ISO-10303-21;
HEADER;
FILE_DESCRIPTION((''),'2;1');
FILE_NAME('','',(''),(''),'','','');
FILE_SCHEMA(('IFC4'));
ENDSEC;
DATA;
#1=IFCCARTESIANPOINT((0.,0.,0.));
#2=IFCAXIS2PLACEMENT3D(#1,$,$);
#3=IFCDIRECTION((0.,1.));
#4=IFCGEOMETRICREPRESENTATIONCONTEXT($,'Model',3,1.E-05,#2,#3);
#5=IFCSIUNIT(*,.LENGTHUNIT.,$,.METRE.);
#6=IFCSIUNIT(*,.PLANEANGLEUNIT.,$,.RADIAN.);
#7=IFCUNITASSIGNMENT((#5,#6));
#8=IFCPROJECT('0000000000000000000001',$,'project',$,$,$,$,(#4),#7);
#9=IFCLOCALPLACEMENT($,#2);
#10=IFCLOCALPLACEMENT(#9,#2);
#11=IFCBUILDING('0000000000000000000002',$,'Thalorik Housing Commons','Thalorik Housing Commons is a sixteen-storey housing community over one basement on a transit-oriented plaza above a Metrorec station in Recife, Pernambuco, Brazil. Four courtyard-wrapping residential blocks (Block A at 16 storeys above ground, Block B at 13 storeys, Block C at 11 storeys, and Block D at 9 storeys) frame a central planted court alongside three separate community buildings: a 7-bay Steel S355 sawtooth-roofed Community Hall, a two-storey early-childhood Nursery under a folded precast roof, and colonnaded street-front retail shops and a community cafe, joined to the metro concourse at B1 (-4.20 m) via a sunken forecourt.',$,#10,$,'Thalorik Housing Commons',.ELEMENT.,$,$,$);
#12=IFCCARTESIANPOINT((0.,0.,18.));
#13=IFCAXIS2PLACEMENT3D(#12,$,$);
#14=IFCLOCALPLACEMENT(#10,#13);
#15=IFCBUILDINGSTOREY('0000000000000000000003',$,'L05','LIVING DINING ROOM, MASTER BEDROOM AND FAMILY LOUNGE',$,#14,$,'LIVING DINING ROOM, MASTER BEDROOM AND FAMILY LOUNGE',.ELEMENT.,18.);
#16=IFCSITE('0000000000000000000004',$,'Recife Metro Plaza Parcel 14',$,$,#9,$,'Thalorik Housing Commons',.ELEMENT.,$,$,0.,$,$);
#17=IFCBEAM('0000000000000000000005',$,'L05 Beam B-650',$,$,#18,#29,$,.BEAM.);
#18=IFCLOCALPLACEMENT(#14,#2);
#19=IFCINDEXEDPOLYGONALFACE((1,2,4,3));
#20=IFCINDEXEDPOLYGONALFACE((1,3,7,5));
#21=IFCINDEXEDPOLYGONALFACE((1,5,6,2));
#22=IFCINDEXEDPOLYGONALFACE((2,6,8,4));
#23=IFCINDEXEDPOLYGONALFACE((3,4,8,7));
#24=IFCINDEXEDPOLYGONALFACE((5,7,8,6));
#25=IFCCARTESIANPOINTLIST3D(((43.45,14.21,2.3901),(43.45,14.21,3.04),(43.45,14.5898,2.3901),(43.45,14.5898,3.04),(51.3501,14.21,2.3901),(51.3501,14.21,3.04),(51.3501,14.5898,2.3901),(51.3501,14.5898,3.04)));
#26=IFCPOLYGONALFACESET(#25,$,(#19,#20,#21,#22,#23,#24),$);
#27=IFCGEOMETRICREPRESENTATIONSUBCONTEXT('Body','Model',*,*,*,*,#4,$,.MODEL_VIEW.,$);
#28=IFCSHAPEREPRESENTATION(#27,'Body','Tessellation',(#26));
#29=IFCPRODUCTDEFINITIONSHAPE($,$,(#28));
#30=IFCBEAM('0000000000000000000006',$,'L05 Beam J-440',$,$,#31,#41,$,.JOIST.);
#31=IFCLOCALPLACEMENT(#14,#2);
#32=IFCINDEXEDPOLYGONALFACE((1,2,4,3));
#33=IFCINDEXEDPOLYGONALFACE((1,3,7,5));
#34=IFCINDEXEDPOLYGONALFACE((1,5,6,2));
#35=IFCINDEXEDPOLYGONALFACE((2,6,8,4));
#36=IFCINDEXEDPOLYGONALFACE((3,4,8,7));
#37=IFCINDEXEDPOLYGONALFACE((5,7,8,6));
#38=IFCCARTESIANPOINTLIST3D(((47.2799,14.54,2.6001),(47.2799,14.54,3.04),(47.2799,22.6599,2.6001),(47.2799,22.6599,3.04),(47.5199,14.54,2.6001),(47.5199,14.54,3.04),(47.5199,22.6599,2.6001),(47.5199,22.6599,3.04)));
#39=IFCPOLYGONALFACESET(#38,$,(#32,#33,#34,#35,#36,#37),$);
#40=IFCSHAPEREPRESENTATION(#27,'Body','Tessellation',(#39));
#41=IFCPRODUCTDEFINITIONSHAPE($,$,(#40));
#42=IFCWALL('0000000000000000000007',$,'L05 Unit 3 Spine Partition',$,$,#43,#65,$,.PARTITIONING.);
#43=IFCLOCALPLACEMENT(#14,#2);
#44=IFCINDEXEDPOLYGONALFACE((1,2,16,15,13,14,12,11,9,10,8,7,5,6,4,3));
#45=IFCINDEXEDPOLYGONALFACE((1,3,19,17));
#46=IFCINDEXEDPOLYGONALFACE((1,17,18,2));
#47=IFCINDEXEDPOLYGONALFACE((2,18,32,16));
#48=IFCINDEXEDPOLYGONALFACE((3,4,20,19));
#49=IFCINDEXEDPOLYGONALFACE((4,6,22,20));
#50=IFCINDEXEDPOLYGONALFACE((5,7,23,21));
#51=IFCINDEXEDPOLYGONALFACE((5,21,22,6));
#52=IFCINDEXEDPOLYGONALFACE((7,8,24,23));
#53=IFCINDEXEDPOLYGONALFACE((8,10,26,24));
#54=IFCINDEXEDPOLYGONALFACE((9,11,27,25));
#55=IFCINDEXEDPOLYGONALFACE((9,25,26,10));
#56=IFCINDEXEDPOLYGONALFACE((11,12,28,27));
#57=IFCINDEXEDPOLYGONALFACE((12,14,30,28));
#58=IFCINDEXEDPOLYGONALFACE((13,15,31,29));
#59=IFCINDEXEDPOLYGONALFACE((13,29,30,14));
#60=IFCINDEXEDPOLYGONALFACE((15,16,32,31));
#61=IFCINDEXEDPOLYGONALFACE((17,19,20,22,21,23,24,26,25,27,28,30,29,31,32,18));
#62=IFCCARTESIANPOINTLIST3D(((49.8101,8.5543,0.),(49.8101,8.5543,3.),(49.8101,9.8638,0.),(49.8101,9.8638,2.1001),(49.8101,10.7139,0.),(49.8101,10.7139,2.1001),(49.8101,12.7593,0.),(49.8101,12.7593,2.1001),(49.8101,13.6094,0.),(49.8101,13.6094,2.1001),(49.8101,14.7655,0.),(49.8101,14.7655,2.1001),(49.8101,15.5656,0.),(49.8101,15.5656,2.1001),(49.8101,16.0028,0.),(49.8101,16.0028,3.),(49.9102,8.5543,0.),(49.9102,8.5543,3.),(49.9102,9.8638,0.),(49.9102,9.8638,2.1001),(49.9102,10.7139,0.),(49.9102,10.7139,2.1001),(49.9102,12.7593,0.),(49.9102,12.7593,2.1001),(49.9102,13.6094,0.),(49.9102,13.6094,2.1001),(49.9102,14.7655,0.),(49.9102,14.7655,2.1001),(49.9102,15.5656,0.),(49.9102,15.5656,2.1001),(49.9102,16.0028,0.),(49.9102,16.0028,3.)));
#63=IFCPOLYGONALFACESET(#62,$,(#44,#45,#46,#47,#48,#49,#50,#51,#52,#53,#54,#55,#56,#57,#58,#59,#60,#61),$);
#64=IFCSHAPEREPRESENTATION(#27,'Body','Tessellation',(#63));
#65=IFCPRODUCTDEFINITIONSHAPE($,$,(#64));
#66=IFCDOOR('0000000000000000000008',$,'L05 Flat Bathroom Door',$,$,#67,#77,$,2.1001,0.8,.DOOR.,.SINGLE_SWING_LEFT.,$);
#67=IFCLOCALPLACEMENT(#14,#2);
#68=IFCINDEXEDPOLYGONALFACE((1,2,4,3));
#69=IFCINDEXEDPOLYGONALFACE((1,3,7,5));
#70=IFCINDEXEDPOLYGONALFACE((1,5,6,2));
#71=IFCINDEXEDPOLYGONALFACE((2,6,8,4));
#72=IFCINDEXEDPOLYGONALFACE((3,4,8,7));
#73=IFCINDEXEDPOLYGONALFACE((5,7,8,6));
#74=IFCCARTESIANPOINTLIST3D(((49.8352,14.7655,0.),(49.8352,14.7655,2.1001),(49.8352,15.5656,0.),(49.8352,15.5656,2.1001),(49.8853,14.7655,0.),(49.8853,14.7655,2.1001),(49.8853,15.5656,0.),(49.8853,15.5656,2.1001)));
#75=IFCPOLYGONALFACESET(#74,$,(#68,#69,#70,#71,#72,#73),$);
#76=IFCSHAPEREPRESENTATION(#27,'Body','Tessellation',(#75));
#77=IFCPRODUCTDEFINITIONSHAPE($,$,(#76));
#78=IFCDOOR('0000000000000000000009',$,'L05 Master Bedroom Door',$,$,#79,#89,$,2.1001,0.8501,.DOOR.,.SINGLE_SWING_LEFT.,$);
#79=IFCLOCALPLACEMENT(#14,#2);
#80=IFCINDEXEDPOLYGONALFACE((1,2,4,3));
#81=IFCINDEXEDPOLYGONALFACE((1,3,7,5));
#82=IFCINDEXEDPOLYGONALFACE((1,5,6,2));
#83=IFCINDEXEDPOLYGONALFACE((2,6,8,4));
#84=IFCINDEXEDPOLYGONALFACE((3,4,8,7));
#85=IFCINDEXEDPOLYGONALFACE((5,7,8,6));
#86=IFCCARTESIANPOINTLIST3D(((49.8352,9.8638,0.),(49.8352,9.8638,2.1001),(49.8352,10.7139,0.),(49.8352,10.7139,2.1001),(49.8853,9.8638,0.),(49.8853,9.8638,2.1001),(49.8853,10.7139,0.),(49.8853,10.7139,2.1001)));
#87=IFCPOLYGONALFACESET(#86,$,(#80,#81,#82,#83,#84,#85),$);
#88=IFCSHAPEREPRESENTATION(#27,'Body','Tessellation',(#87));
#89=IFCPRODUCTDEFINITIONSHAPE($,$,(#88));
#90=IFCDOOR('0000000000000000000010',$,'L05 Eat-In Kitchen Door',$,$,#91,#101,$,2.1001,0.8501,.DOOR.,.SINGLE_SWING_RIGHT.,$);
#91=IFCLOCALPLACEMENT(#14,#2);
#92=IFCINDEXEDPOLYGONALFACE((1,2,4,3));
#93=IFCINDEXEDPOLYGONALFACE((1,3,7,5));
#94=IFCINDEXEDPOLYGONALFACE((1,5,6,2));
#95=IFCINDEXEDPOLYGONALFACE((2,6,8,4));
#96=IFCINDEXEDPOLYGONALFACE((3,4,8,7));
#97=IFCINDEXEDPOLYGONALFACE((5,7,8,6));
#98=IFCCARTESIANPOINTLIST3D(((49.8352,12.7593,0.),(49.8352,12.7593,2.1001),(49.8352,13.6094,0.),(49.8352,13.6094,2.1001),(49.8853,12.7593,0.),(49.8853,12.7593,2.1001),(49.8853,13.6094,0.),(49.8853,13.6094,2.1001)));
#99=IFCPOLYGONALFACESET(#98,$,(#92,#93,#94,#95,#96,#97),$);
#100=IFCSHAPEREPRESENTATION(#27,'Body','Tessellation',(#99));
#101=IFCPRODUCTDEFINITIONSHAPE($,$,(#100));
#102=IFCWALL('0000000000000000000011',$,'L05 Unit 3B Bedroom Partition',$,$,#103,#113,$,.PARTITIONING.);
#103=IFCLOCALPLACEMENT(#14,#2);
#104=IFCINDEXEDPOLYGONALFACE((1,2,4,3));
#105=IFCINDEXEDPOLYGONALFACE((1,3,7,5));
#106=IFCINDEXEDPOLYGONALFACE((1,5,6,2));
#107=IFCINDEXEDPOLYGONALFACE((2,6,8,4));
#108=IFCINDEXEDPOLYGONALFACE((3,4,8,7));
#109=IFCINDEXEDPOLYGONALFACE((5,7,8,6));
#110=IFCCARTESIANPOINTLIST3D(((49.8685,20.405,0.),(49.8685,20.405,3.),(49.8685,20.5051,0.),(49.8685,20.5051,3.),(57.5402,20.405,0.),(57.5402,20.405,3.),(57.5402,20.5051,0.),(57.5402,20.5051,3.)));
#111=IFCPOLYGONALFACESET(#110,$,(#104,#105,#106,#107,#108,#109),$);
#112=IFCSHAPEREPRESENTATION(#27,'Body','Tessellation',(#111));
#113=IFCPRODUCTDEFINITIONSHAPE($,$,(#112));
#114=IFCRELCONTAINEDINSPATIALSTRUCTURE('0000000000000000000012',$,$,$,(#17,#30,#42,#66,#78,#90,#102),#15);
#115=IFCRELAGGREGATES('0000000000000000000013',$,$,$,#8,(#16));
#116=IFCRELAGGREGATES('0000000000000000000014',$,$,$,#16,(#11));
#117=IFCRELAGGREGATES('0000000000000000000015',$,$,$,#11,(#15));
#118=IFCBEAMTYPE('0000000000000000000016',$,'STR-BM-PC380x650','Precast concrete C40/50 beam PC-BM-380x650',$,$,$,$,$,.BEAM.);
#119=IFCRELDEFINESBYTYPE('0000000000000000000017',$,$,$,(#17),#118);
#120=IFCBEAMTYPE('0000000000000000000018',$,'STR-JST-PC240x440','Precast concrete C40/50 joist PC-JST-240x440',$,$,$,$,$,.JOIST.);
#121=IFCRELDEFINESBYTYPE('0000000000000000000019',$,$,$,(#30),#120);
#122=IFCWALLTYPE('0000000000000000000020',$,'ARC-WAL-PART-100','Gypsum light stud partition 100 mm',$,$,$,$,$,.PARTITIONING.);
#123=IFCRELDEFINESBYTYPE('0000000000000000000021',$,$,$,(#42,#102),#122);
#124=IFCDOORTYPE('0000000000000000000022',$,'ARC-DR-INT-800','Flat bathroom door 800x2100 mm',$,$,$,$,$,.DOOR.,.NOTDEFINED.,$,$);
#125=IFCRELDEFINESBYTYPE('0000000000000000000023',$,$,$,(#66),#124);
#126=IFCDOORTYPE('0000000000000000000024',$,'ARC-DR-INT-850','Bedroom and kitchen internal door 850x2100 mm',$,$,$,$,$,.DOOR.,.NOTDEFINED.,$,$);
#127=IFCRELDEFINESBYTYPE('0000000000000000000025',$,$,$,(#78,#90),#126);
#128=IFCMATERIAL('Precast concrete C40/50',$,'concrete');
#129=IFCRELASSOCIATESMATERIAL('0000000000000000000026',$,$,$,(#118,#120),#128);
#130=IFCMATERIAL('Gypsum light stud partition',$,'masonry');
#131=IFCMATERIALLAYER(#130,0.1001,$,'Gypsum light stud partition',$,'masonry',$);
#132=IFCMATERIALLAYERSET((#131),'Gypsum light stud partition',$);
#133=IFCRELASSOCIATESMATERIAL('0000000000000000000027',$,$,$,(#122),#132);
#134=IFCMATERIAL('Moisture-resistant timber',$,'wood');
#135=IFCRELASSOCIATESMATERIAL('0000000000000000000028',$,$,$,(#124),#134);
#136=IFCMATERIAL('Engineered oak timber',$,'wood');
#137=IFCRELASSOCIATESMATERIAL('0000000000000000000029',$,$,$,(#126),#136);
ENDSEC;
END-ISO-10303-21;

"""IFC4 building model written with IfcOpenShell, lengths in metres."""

from ifc_helpers import new_model, si_unit, direction, frame, frame_2d, origin, origin_2d, place, context, subcontext, project, spatial, rectangle, extrude, material, layer, layer_set, material_profile, profile_set, type_object, element, fill, save


model = new_model("IFC4")

# Units and contexts
model_context = context("Model", 3, precision=1e-05, world=origin(), true_north=direction((0.0, 1.0)))
body_context = subcontext(model_context, "Body", "Model", "MODEL_VIEW")
ifc_project = project(units=[si_unit("LENGTHUNIT", "METRE"), si_unit("PLANEANGLEUNIT", "RADIAN")], contexts=[model_context])

# Site, building, storey
site_placement = place(None, origin())
site = spatial("IfcSite", under=ifc_project, at=site_placement, Name="Recife Metro Plaza Parcel 14", LongName="Thalorik Housing Commons", CompositionType="ELEMENT", RefElevation=0.0)
building_placement = place(site_placement, origin())
building = spatial("IfcBuilding", under=site, at=building_placement, Name="Thalorik Housing Commons", Description="Thalorik Housing Commons is a sixteen-storey housing community over one basement on a transit-oriented plaza above a Metrorec station in Recife, Pernambuco, Brazil. Four courtyard-wrapping residential blocks (Block A at 16 storeys above ground, Block B at 13 storeys, Block C at 11 storeys, and Block D at 9 storeys) frame a central planted court alongside three separate community buildings: a 7-bay Steel S355 sawtooth-roofed Community Hall, a two-storey early-childhood Nursery under a folded precast roof, and colonnaded street-front retail shops and a community cafe, joined to the metro concourse at B1 (-4.20 m) via a sunken forecourt.", LongName="Thalorik Housing Commons", CompositionType="ELEMENT")
storey_placement = place(building_placement, frame((0.0, 0.0, 18.0)))
storey = spatial("IfcBuildingStorey", under=building, at=storey_placement, Name="L05", Description="LIVING DINING ROOM, MASTER BEDROOM AND FAMILY LOUNGE", LongName="LIVING DINING ROOM, MASTER BEDROOM AND FAMILY LOUNGE", CompositionType="ELEMENT", Elevation=18.0)

# Beams
ifc_material_1 = material(Name="Precast concrete C40/50", Category="concrete")
ifc_material_profile_1 = material_profile(ifc_material_1, rectangle(XDim=0.3799, YDim=0.6499, at=origin_2d()), Name="PC 380x650", Category="concrete")
ifc_profile_set_1 = profile_set([ifc_material_profile_1], Name="Precast concrete C40/50")
beam_type_1 = type_object("IfcBeamType", Name="STR-BM-PC380x650", Description="Precast concrete C40/50 beam PC-BM-380x650", PredefinedType="BEAM", material=ifc_profile_set_1)
beam_1_placement = place(storey_placement, frame((43.45, 14.3999, 2.7151), z_axis=(1.0, 0.0, 0.0), x_axis=(0.0, 1.0, 0.0)))
element("IfcBeam", 1, at=beam_1_placement, inside=storey, type_object=beam_type_1, Name="L05 Beam B-650", PredefinedType="BEAM", context=body_context, shape_type="SweptSolid", body=[
    extrude(rectangle(XDim=0.3799, YDim=0.6499, at=origin_2d()), origin(), (0.0, 0.0, 1.0), 7.9001),
])
ifc_material_profile_2 = material_profile(ifc_material_1, rectangle(XDim=0.24, YDim=0.4399, at=origin_2d()), Name="PC JST 240x440", Category="concrete")
ifc_profile_set_2 = profile_set([ifc_material_profile_2], Name="Precast concrete C40/50")
beam_type_2 = type_object("IfcBeamType", Name="STR-JST-PC240x440", Description="Precast concrete C40/50 joist PC-JST-240x440", PredefinedType="JOIST", material=ifc_profile_set_2)
beam_2_placement = place(storey_placement, frame((47.3999, 14.54, 2.8201), z_axis=(0.0, 1.0, 0.0), x_axis=(-1.0, 0.0, 0.0)))
element("IfcBeam", 2, at=beam_2_placement, inside=storey, type_object=beam_type_2, Name="L05 Beam J-440", PredefinedType="JOIST", context=body_context, shape_type="SweptSolid", body=[
    extrude(rectangle(XDim=0.24, YDim=0.4399, at=origin_2d()), origin(), (0.0, 0.0, 1.0), 8.1199),
])

# Wall, openings, doors
ifc_material_2 = material(Name="Gypsum light stud partition", Category="masonry")
ifc_layer_1 = layer(ifc_material_2, 0.1001, Name="Gypsum light stud partition", Category="masonry")
ifc_layer_set_1 = layer_set([ifc_layer_1], Name="Gypsum light stud partition")
wall_type_1 = type_object("IfcWallType", Name="ARC-WAL-PART-100", Description="Gypsum light stud partition 100 mm", PredefinedType="PARTITIONING", material=ifc_layer_set_1)
wall_1_placement = place(storey_placement, frame((49.8601, 8.5544, 0.0), z_axis=(0.0, 0.0, 1.0), x_axis=(0.0, 1.0, 0.0)))
wall_1 = element("IfcWall", 3, at=wall_1_placement, inside=storey, type_object=wall_type_1, Name="L05 Unit 3 Spine Partition", PredefinedType="PARTITIONING", context=body_context, shape_type="SweptSolid", body=[
    extrude(rectangle(XDim=7.4485, YDim=0.1001, at=frame_2d((3.7241, 0.0))), origin(), (0.0, 0.0, 1.0), 3.0),
])
opening_1_placement = place(wall_1_placement, frame((1.3093, 0.0, 0.0)))
opening_1 = element("IfcOpeningElement", 4, at=opening_1_placement, cuts=wall_1, PredefinedType="OPENING", context=body_context, shape_type="SweptSolid", body=[
    extrude(rectangle(XDim=0.8501, YDim=2.1001, at=frame_2d((0.425, 1.05))), frame((0.0, 0.0601, 0.0), z_axis=(0.0, -1.0, 0.0), x_axis=(1.0, 0.0, 0.0)), (0.0, 0.0, 1.0), 0.1201),
])
opening_2_placement = place(wall_1_placement, frame((4.2048, 0.0, 0.0)))
opening_2 = element("IfcOpeningElement", 5, at=opening_2_placement, cuts=wall_1, PredefinedType="OPENING", context=body_context, shape_type="SweptSolid", body=[
    extrude(rectangle(XDim=0.8501, YDim=2.1001, at=frame_2d((0.425, 1.05))), frame((0.0, 0.0601, 0.0), z_axis=(0.0, -1.0, 0.0), x_axis=(1.0, 0.0, 0.0)), (0.0, 0.0, 1.0), 0.1201),
])
opening_3_placement = place(wall_1_placement, frame((6.2112, 0.0, 0.0)))
opening_3 = element("IfcOpeningElement", 6, at=opening_3_placement, cuts=wall_1, PredefinedType="OPENING", context=body_context, shape_type="SweptSolid", body=[
    extrude(rectangle(XDim=0.8, YDim=2.1001, at=frame_2d((0.3999, 1.05))), frame((0.0, 0.0601, 0.0), z_axis=(0.0, -1.0, 0.0), x_axis=(1.0, 0.0, 0.0)), (0.0, 0.0, 1.0), 0.1201),
])
ifc_material_3 = material(Name="Moisture-resistant timber", Category="wood")
door_type_1 = type_object("IfcDoorType", Name="ARC-DR-INT-800", Description="Flat bathroom door 800x2100 mm", OperationType="NOTDEFINED", PredefinedType="DOOR", material=ifc_material_3)
door_1_placement = place(opening_3_placement, origin())
door_1 = element("IfcDoor", 7, at=door_1_placement, inside=storey, type_object=door_type_1, Name="L05 Flat Bathroom Door", OperationType="SINGLE_SWING_LEFT", OverallHeight=2.1001, OverallWidth=0.8, PredefinedType="DOOR", context=body_context, shape_type="SweptSolid", body=[
    extrude(rectangle(XDim=0.8, YDim=2.1001, at=frame_2d((0.3999, 1.05))), frame((0.0, 0.0249, 0.0), z_axis=(0.0, -1.0, 0.0), x_axis=(1.0, 0.0, 0.0)), (0.0, 0.0, 1.0), 0.05),
])
fill(opening_3, door_1)
ifc_material_4 = material(Name="Engineered oak timber", Category="wood")
door_type_2 = type_object("IfcDoorType", Name="ARC-DR-INT-850", Description="Bedroom and kitchen internal door 850x2100 mm", OperationType="NOTDEFINED", PredefinedType="DOOR", material=ifc_material_4)
door_2_placement = place(opening_1_placement, origin())
door_2 = element("IfcDoor", 8, at=door_2_placement, inside=storey, type_object=door_type_2, Name="L05 Master Bedroom Door", OperationType="SINGLE_SWING_LEFT", OverallHeight=2.1001, OverallWidth=0.8501, PredefinedType="DOOR", context=body_context, shape_type="SweptSolid", body=[
    extrude(rectangle(XDim=0.8501, YDim=2.1001, at=frame_2d((0.425, 1.05))), frame((0.0, 0.0249, 0.0), z_axis=(0.0, -1.0, 0.0), x_axis=(1.0, 0.0, 0.0)), (0.0, 0.0, 1.0), 0.05),
])
fill(opening_1, door_2)
door_3_placement = place(opening_2_placement, origin())
door_3 = element("IfcDoor", 9, at=door_3_placement, inside=storey, type_object=door_type_2, Name="L05 Eat-In Kitchen Door", OperationType="SINGLE_SWING_RIGHT", OverallHeight=2.1001, OverallWidth=0.8501, PredefinedType="DOOR", context=body_context, shape_type="SweptSolid", body=[
    extrude(rectangle(XDim=0.8501, YDim=2.1001, at=frame_2d((0.425, 1.05))), frame((0.0, 0.0249, 0.0), z_axis=(0.0, -1.0, 0.0), x_axis=(1.0, 0.0, 0.0)), (0.0, 0.0, 1.0), 0.05),
])
fill(opening_2, door_3)

# Wall
wall_2_placement = place(storey_placement, frame((49.8684, 20.4551, 0.0), z_axis=(0.0, 0.0, 1.0), x_axis=(1.0, 0.0, 0.0)))
element("IfcWall", 10, at=wall_2_placement, inside=storey, type_object=wall_type_1, Name="L05 Unit 3B Bedroom Partition", PredefinedType="PARTITIONING", context=body_context, shape_type="SweptSolid", body=[
    extrude(rectangle(XDim=7.6716, YDim=0.1001, at=frame_2d((3.8359, 0.0))), origin(), (0.0, 0.0, 1.0), 3.0),
])

save(model, "model.ifc")
